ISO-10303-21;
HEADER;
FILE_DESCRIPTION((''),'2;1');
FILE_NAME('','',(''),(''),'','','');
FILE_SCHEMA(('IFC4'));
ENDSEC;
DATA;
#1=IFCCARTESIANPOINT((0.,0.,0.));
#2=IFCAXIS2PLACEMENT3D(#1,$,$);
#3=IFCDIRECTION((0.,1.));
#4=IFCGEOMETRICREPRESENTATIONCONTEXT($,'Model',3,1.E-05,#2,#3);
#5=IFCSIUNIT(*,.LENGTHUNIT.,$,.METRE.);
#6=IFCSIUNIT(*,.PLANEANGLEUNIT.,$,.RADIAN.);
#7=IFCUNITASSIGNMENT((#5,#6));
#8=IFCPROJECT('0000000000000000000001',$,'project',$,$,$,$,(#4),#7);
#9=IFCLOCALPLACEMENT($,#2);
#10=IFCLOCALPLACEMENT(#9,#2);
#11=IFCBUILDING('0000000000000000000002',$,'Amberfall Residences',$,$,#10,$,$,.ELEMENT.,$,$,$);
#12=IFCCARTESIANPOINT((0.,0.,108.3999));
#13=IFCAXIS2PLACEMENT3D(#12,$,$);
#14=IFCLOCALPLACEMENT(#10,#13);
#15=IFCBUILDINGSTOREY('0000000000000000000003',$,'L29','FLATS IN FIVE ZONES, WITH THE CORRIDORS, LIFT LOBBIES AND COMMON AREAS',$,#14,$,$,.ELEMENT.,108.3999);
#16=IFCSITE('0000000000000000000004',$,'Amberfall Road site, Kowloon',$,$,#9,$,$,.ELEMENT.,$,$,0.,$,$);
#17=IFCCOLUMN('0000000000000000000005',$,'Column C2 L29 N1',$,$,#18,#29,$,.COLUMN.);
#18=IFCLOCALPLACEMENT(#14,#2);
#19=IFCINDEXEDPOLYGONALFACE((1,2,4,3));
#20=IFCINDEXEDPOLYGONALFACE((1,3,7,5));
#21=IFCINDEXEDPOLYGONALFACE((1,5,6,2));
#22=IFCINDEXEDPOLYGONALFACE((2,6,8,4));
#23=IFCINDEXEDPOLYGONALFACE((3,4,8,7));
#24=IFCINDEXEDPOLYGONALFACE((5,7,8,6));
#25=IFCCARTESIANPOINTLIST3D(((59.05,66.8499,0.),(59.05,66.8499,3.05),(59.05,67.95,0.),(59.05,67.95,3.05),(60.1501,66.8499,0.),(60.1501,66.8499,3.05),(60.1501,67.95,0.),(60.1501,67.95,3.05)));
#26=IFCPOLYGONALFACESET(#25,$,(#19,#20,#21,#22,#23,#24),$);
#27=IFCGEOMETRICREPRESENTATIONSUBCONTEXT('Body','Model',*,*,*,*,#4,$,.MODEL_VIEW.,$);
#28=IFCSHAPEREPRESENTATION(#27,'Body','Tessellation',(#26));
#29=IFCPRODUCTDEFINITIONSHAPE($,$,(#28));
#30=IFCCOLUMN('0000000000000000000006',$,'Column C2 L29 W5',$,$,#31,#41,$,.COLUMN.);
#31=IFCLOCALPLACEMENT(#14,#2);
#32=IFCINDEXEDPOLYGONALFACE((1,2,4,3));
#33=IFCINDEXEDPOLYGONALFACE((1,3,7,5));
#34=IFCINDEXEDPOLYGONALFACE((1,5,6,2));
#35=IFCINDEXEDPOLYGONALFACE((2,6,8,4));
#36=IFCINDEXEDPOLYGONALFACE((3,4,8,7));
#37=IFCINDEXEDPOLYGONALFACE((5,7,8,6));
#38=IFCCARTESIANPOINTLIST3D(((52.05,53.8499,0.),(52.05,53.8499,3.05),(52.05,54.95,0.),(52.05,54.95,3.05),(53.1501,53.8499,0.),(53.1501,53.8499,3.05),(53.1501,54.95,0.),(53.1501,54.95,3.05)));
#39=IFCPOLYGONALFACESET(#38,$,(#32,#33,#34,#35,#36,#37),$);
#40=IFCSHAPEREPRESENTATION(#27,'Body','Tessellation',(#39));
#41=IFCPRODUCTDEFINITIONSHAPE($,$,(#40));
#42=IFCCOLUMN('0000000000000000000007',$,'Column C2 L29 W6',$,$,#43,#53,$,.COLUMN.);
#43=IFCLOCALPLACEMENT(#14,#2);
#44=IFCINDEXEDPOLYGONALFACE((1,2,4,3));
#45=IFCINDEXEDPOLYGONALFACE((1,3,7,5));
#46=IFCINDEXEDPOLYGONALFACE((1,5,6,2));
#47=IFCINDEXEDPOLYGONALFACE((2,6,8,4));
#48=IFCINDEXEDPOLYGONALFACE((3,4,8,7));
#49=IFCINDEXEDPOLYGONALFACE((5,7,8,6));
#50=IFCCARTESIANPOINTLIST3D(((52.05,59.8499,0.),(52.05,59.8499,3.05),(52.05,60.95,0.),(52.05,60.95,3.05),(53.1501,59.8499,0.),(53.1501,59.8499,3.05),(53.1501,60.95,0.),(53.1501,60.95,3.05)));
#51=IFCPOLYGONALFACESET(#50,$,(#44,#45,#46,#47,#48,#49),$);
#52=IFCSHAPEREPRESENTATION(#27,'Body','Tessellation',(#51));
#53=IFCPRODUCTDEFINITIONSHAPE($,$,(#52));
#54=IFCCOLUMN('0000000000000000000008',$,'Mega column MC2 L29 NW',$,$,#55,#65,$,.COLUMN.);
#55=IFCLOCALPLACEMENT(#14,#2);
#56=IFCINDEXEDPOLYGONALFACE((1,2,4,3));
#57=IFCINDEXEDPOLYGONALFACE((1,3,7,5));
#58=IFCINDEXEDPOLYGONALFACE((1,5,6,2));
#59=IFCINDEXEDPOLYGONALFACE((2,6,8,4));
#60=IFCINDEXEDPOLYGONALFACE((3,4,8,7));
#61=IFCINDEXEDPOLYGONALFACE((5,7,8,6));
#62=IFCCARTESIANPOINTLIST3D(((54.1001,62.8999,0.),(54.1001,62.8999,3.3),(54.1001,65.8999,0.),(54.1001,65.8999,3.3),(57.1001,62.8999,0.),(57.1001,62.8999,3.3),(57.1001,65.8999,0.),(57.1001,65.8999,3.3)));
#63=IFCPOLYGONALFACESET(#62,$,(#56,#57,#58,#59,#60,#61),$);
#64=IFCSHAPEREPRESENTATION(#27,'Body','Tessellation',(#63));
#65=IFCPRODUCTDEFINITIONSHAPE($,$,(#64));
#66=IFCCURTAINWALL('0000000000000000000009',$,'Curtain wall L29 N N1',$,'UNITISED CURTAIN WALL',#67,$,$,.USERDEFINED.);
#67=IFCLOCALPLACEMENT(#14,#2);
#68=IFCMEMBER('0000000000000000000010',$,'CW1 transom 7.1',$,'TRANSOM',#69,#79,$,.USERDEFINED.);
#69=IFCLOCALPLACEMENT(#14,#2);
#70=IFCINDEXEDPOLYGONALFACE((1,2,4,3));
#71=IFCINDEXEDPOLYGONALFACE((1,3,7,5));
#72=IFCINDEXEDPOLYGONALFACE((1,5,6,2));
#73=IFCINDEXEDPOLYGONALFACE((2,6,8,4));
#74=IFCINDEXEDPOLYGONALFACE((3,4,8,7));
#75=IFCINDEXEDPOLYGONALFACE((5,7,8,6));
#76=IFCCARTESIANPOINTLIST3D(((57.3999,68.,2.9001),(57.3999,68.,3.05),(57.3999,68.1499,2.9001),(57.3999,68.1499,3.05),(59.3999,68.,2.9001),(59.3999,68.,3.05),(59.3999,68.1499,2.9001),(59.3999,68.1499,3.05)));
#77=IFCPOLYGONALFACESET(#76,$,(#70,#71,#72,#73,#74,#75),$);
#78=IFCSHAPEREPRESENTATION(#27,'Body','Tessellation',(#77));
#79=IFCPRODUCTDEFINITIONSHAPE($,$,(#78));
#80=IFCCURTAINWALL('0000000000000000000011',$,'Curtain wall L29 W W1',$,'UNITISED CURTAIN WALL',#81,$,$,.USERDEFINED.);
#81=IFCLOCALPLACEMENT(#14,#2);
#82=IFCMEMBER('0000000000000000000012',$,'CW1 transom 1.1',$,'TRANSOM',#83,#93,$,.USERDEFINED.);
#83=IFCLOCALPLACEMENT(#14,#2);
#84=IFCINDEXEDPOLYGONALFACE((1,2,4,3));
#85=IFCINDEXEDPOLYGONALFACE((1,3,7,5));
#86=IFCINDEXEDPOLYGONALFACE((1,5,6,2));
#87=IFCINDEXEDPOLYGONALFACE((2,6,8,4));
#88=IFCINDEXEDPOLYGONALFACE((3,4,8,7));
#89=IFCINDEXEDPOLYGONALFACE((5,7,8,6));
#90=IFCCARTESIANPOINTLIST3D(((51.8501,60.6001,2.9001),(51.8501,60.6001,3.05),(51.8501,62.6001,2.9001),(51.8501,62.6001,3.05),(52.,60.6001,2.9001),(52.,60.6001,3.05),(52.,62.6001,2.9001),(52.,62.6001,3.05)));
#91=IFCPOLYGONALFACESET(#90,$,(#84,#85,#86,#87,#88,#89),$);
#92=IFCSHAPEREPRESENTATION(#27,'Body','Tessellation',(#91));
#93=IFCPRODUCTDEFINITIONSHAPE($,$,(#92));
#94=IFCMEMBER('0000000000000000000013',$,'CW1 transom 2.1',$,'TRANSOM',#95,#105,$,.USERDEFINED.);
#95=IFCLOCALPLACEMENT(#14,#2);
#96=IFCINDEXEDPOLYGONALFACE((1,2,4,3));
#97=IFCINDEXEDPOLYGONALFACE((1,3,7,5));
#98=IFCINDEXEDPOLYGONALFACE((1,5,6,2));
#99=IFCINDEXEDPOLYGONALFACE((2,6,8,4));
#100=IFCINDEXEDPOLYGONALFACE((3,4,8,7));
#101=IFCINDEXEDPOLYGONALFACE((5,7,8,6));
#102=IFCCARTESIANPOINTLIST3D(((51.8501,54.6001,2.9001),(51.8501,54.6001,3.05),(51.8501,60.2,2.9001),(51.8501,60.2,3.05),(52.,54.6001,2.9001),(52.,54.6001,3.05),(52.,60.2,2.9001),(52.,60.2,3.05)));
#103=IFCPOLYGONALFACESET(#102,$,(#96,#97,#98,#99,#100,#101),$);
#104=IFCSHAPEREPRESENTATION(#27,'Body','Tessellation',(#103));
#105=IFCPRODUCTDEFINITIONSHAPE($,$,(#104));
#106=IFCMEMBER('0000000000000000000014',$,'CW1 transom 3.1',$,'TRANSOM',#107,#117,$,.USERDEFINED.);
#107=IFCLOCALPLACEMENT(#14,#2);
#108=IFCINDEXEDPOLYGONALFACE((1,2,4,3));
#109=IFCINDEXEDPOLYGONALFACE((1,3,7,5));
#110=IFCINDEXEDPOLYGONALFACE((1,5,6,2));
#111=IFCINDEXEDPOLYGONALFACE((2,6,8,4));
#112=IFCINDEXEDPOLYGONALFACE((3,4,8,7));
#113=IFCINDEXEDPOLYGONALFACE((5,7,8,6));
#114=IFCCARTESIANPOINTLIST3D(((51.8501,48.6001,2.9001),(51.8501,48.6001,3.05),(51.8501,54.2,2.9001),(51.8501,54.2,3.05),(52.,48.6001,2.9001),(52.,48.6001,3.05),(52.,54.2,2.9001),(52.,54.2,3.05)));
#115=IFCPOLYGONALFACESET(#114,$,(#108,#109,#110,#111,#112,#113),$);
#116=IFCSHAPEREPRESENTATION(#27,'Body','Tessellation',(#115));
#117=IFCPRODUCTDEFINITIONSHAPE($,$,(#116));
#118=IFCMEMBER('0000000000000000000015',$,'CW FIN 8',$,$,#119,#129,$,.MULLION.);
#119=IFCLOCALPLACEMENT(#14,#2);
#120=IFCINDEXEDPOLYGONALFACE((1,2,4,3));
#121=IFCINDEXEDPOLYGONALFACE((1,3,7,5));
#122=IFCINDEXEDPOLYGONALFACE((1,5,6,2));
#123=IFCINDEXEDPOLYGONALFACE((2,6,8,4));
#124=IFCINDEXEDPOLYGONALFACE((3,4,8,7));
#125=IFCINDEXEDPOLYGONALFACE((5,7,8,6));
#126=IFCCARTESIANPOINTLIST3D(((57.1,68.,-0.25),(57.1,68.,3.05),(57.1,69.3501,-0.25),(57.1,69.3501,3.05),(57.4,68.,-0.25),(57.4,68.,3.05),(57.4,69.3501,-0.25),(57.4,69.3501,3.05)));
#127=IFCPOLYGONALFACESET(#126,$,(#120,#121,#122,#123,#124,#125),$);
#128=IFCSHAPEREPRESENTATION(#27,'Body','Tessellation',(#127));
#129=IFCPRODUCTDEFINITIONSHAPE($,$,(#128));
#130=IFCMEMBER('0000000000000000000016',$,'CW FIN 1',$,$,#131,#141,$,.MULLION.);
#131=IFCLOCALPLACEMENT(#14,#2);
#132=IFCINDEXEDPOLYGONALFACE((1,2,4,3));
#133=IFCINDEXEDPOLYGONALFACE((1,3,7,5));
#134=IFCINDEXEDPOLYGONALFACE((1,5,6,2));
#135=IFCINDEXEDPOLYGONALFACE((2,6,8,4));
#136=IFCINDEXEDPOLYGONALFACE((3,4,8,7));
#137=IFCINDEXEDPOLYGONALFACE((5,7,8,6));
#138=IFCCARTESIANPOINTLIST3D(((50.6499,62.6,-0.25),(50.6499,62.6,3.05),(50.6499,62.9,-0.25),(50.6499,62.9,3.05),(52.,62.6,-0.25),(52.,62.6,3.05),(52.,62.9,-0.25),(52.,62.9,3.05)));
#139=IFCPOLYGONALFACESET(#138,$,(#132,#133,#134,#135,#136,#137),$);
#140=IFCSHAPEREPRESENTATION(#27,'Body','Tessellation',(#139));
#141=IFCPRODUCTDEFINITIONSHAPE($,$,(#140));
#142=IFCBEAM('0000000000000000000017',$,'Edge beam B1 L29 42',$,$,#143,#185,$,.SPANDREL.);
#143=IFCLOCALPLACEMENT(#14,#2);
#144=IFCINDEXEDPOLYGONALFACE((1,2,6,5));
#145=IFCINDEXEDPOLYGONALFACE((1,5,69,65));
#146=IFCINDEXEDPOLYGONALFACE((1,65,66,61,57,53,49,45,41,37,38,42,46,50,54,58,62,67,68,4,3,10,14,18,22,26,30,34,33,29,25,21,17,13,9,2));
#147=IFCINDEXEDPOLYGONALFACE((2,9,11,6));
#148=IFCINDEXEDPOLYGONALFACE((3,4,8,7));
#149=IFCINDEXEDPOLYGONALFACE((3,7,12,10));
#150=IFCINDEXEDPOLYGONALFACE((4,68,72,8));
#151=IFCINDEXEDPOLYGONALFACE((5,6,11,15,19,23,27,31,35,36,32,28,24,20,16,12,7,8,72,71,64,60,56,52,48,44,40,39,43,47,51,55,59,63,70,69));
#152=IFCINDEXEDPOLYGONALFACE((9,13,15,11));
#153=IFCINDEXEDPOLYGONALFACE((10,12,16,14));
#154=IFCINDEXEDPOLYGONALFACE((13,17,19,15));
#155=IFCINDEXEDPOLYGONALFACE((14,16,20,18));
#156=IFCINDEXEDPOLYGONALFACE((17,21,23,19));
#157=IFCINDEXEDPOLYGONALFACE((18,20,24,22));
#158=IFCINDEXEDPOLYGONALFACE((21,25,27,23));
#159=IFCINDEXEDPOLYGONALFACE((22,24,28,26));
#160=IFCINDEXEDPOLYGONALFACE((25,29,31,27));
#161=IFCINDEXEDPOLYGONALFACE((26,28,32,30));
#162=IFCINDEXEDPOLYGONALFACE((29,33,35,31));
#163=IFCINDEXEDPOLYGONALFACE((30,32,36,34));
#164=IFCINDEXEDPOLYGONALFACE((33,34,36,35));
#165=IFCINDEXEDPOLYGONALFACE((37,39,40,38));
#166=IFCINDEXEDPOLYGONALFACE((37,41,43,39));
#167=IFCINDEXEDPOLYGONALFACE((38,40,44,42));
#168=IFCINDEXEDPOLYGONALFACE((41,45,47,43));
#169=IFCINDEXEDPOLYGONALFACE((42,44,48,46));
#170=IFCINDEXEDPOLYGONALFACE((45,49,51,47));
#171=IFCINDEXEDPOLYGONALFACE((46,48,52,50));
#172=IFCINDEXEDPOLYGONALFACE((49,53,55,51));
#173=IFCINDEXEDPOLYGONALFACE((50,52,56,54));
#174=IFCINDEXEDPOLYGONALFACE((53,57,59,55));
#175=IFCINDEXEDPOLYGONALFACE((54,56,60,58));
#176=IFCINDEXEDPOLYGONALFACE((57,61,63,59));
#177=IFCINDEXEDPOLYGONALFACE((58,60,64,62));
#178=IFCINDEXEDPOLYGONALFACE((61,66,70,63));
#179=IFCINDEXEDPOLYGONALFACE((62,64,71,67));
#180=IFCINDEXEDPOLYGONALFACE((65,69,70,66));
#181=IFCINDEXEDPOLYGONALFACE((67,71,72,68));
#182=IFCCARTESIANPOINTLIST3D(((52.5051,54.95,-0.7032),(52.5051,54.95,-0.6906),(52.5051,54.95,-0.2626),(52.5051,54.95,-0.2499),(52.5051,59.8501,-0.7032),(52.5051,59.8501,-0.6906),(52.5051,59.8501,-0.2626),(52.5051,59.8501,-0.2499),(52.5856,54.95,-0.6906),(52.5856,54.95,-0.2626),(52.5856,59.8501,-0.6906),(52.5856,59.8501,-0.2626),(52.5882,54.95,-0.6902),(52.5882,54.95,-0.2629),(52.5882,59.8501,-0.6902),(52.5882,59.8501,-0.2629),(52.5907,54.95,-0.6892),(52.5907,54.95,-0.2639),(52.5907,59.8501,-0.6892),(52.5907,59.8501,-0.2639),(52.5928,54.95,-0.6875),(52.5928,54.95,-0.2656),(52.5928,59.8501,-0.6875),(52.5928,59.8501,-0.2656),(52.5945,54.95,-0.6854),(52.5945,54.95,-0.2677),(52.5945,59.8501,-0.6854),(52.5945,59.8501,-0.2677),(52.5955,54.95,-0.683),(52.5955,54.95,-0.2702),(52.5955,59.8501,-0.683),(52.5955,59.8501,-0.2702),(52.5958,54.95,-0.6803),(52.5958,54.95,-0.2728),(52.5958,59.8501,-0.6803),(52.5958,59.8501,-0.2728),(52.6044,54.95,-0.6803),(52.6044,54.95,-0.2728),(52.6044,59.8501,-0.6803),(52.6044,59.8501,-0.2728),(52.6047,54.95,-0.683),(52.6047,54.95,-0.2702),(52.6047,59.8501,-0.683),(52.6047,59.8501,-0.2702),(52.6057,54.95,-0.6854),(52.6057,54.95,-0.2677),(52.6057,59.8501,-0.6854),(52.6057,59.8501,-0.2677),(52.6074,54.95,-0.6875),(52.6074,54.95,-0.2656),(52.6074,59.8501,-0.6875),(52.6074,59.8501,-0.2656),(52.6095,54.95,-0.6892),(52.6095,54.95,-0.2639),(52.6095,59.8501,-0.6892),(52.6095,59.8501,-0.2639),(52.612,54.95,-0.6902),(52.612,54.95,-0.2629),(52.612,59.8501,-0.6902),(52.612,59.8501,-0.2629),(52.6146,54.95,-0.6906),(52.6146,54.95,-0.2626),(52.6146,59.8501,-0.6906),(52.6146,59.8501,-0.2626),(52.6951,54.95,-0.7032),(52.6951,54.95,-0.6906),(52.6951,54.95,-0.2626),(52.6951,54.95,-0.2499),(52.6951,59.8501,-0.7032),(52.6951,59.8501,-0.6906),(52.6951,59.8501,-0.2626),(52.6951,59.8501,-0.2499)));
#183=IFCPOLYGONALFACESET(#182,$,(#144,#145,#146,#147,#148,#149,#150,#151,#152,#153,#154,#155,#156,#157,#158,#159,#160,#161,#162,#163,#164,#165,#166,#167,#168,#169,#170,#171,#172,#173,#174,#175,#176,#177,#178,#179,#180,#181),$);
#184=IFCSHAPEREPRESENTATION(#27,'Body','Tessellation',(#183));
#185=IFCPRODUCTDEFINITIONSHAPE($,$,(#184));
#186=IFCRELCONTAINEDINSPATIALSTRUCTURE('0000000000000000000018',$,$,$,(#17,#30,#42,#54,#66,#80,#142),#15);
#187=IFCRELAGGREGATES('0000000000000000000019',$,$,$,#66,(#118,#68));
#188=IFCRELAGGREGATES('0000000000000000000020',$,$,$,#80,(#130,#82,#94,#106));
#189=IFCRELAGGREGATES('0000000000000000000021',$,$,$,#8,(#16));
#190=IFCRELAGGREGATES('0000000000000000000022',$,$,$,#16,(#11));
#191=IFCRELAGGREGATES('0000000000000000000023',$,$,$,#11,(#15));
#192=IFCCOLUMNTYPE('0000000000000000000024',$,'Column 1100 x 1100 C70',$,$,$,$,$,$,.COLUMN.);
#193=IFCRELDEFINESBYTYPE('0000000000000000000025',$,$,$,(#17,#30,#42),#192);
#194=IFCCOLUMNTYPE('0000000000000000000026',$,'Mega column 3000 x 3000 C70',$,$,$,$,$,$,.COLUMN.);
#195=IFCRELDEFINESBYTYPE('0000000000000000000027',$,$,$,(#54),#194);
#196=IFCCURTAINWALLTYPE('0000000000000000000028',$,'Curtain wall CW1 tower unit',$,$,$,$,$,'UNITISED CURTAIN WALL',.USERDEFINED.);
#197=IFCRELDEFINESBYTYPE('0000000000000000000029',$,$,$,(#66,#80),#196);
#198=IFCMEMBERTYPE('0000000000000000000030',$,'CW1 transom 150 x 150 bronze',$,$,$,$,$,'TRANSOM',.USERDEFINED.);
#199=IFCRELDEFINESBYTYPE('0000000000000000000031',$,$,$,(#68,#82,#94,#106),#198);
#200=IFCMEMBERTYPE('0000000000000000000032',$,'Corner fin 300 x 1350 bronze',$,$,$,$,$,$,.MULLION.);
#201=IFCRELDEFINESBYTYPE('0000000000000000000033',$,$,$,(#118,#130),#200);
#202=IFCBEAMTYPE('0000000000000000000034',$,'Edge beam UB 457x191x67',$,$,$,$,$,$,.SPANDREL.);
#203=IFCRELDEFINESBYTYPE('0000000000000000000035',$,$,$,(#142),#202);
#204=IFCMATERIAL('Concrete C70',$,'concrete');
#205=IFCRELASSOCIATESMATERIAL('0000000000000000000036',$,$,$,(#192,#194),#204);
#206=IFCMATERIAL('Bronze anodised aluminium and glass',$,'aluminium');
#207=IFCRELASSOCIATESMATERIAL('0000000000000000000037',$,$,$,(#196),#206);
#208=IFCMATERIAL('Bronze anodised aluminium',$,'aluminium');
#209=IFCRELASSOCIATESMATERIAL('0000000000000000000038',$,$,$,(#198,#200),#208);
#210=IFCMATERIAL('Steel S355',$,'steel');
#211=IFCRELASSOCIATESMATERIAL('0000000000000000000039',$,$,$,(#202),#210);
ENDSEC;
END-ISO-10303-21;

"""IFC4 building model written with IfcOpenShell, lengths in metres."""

from ifc_helpers import new_model, si_unit, direction, frame, origin, origin_2d, place, context, subcontext, project, spatial, rectangle, i_section, extrude, material, material_profile, profile_set, type_object, element, aggregate, save


model = new_model("IFC4")

# Units and contexts
model_context = context("Model", 3, precision=1e-05, world=origin(), true_north=direction((0.0, 1.0)))
body_context = subcontext(model_context, "Body", "Model", "MODEL_VIEW")
ifc_project = project(units=[si_unit("LENGTHUNIT", "METRE"), si_unit("PLANEANGLEUNIT", "RADIAN")], contexts=[model_context])

# Site, building, storey
site_placement = place(None, origin())
site = spatial("IfcSite", under=ifc_project, at=site_placement, Name="Amberfall Road site, Kowloon", CompositionType="ELEMENT", RefElevation=0.0)
building_placement = place(site_placement, origin())
building = spatial("IfcBuilding", under=site, at=building_placement, Name="Amberfall Residences", CompositionType="ELEMENT")
storey_placement = place(building_placement, frame((0.0, 0.0, 108.3999)))
storey = spatial("IfcBuildingStorey", under=building, at=storey_placement, Name="L29", Description="FLATS IN FIVE ZONES, WITH THE CORRIDORS, LIFT LOBBIES AND COMMON AREAS", CompositionType="ELEMENT", Elevation=108.3999)

# Columns
ifc_material_1 = material(Name="Concrete C70", Category="concrete")
ifc_material_profile_1 = material_profile(ifc_material_1, rectangle(XDim=1.1001, YDim=1.1001, at=origin_2d()), Name="Column 1100 x 1100 C70")
ifc_profile_set_1 = profile_set([ifc_material_profile_1], Name="Concrete C70")
column_type_1 = type_object("IfcColumnType", Name="Column 1100 x 1100 C70", PredefinedType="COLUMN", material=ifc_profile_set_1)
for number, where, z_axis, x_axis, name in (
    (1, (59.6001, 67.3999, 0.0), (0.0, 0.0, 1.0), (1.0, 0.0, 0.0), "Column C2 L29 N1"),
    (2, (52.6001, 54.3999, 0.0), (0.0, 0.0, 1.0), (1.0, 0.0, 0.0), "Column C2 L29 W5"),
    (3, (52.6001, 60.3999, 0.0), (0.0, 0.0, 1.0), (1.0, 0.0, 0.0), "Column C2 L29 W6"),
):
    element("IfcColumn", number, at=place(storey_placement, frame(where, z_axis=z_axis, x_axis=x_axis)), inside=storey, type_object=column_type_1, Name=name, PredefinedType="COLUMN", context=body_context, shape_type="SweptSolid", body=[
        extrude(rectangle(XDim=1.1001, YDim=1.1001, at=origin_2d()), origin(), (0.0, 0.0, 1.0), 3.05),
    ])
ifc_material_profile_2 = material_profile(ifc_material_1, rectangle(XDim=3.0, YDim=3.0, at=origin_2d()), Name="Mega column 3000 x 3000 C70")
ifc_profile_set_2 = profile_set([ifc_material_profile_2], Name="Concrete C70")
column_type_2 = type_object("IfcColumnType", Name="Mega column 3000 x 3000 C70", PredefinedType="COLUMN", material=ifc_profile_set_2)
column_placement = place(storey_placement, frame((55.6001, 64.3999, 0.0), z_axis=(0.0, 0.0, 1.0), x_axis=(1.0, 0.0, 0.0)))
element("IfcColumn", 4, at=column_placement, inside=storey, type_object=column_type_2, Name="Mega column MC2 L29 NW", PredefinedType="COLUMN", context=body_context, shape_type="SweptSolid", body=[
    extrude(rectangle(XDim=3.0, YDim=3.0, at=origin_2d()), origin(), (0.0, 0.0, 1.0), 3.3),
])

# Curtain wall, member
ifc_material_2 = material(Name="Bronze anodised aluminium and glass", Category="aluminium")
curtain_wall_type = type_object("IfcCurtainWallType", Name="Curtain wall CW1 tower unit", ElementType="UNITISED CURTAIN WALL", PredefinedType="USERDEFINED", material=ifc_material_2)
curtain_wall_1_placement = place(storey_placement, origin())
curtain_wall_1 = element("IfcCurtainWall", 5, at=curtain_wall_1_placement, inside=storey, type_object=curtain_wall_type, Name="Curtain wall L29 N N1", ObjectType="UNITISED CURTAIN WALL", PredefinedType="USERDEFINED")
ifc_material_3 = material(Name="Bronze anodised aluminium", Category="aluminium")
ifc_material_profile_3 = material_profile(ifc_material_3, rectangle(XDim=0.1499, YDim=0.1499, at=origin_2d()), Name="CW1 transom 150 x 150 bronze")
ifc_profile_set_3 = profile_set([ifc_material_profile_3], Name="Bronze anodised aluminium")
member_type_1 = type_object("IfcMemberType", Name="CW1 transom 150 x 150 bronze", ElementType="TRANSOM", PredefinedType="USERDEFINED", material=ifc_profile_set_3)
member_1_placement = place(storey_placement, frame((59.3999, 68.075, 2.9751), z_axis=(-1.0, 0.0, 0.0), x_axis=(0.0, -1.0, 0.0)))
member_1 = element("IfcMember", 6, at=member_1_placement, type_object=member_type_1, Name="CW1 transom 7.1", ObjectType="TRANSOM", PredefinedType="USERDEFINED", context=body_context, shape_type="SweptSolid", body=[
    extrude(rectangle(XDim=0.1499, YDim=0.1499, at=origin_2d()), origin(), (0.0, 0.0, 1.0), 2.0),
])

# Curtain wall, members
curtain_wall_2_placement = place(storey_placement, origin())
curtain_wall_2 = element("IfcCurtainWall", 7, at=curtain_wall_2_placement, inside=storey, type_object=curtain_wall_type, Name="Curtain wall L29 W W1", ObjectType="UNITISED CURTAIN WALL", PredefinedType="USERDEFINED")
member_2_placement = place(storey_placement, frame((51.925, 62.6001, 2.9751), z_axis=(0.0, -1.0, 0.0), x_axis=(1.0, 0.0, 0.0)))
member_2 = element("IfcMember", 8, at=member_2_placement, type_object=member_type_1, Name="CW1 transom 1.1", ObjectType="TRANSOM", PredefinedType="USERDEFINED", context=body_context, shape_type="SweptSolid", body=[
    extrude(rectangle(XDim=0.1499, YDim=0.1499, at=origin_2d()), origin(), (0.0, 0.0, 1.0), 2.0),
])
member_3_placement = place(storey_placement, frame((51.925, 60.2, 2.9751), z_axis=(0.0, -1.0, 0.0), x_axis=(1.0, 0.0, 0.0)))
member_3 = element("IfcMember", 9, at=member_3_placement, type_object=member_type_1, Name="CW1 transom 2.1", ObjectType="TRANSOM", PredefinedType="USERDEFINED", context=body_context, shape_type="SweptSolid", body=[
    extrude(rectangle(XDim=0.1499, YDim=0.1499, at=origin_2d()), origin(), (0.0, 0.0, 1.0), 5.5999),
])
member_4_placement = place(storey_placement, frame((51.925, 54.2, 2.9751), z_axis=(0.0, -1.0, 0.0), x_axis=(1.0, 0.0, 0.0)))
member_4 = element("IfcMember", 10, at=member_4_placement, type_object=member_type_1, Name="CW1 transom 3.1", ObjectType="TRANSOM", PredefinedType="USERDEFINED", context=body_context, shape_type="SweptSolid", body=[
    extrude(rectangle(XDim=0.1499, YDim=0.1499, at=origin_2d()), origin(), (0.0, 0.0, 1.0), 5.5999),
])

# Members
ifc_material_profile_4 = material_profile(ifc_material_3, rectangle(XDim=1.3501, YDim=0.3, at=origin_2d()), Name="Corner fin 300 x 1350 bronze")
ifc_profile_set_4 = profile_set([ifc_material_profile_4], Name="Bronze anodised aluminium")
member_type_2 = type_object("IfcMemberType", Name="Corner fin 300 x 1350 bronze", PredefinedType="MULLION", material=ifc_profile_set_4)
member_5_placement = place(storey_placement, frame((57.25, 68.675, -0.25), z_axis=(0.0, 0.0, 1.0), x_axis=(0.0, -1.0, 0.0)))
member_5 = element("IfcMember", 11, at=member_5_placement, type_object=member_type_2, Name="CW FIN 8", PredefinedType="MULLION", context=body_context, shape_type="SweptSolid", body=[
    extrude(rectangle(XDim=1.3501, YDim=0.3, at=origin_2d()), origin(), (0.0, 0.0, 1.0), 3.3),
])
member_6_placement = place(storey_placement, frame((51.325, 62.75, -0.25), z_axis=(0.0, 0.0, 1.0), x_axis=(1.0, 0.0, 0.0)))
member_6 = element("IfcMember", 12, at=member_6_placement, type_object=member_type_2, Name="CW FIN 1", PredefinedType="MULLION", context=body_context, shape_type="SweptSolid", body=[
    extrude(rectangle(XDim=1.3501, YDim=0.3, at=origin_2d()), origin(), (0.0, 0.0, 1.0), 3.3),
])

# Beam
ifc_material_4 = material(Name="Steel S355", Category="steel")
ifc_material_profile_5 = material_profile(ifc_material_4, i_section(OverallWidth=0.1899, OverallDepth=0.4534, WebThickness=0.0085, FlangeThickness=0.0127, FilletRadius=0.0103, at=origin_2d()), Name="UB 457x191x67")
ifc_profile_set_5 = profile_set([ifc_material_profile_5], Name="Steel S355")
beam_type_1 = type_object("IfcBeamType", Name="Edge beam UB 457x191x67", PredefinedType="SPANDREL", material=ifc_profile_set_5)
beam_1_placement = place(storey_placement, frame((52.6001, 54.95, -0.4766), z_axis=(0.0, 1.0, 0.0), x_axis=(-1.0, 0.0, 0.0)))
element("IfcBeam", 13, at=beam_1_placement, inside=storey, type_object=beam_type_1, Name="Edge beam B1 L29 42", PredefinedType="SPANDREL", context=body_context, shape_type="SweptSolid", body=[
    extrude(i_section(OverallWidth=0.1899, OverallDepth=0.4534, WebThickness=0.0085, FlangeThickness=0.0127, FilletRadius=0.0103, at=origin_2d()), origin(), (0.0, 0.0, 1.0), 4.9001),
])

aggregate(curtain_wall_1, [member_5, member_1])
aggregate(curtain_wall_2, [member_6, member_2, member_3, member_4])

save(model, "model.ifc")
